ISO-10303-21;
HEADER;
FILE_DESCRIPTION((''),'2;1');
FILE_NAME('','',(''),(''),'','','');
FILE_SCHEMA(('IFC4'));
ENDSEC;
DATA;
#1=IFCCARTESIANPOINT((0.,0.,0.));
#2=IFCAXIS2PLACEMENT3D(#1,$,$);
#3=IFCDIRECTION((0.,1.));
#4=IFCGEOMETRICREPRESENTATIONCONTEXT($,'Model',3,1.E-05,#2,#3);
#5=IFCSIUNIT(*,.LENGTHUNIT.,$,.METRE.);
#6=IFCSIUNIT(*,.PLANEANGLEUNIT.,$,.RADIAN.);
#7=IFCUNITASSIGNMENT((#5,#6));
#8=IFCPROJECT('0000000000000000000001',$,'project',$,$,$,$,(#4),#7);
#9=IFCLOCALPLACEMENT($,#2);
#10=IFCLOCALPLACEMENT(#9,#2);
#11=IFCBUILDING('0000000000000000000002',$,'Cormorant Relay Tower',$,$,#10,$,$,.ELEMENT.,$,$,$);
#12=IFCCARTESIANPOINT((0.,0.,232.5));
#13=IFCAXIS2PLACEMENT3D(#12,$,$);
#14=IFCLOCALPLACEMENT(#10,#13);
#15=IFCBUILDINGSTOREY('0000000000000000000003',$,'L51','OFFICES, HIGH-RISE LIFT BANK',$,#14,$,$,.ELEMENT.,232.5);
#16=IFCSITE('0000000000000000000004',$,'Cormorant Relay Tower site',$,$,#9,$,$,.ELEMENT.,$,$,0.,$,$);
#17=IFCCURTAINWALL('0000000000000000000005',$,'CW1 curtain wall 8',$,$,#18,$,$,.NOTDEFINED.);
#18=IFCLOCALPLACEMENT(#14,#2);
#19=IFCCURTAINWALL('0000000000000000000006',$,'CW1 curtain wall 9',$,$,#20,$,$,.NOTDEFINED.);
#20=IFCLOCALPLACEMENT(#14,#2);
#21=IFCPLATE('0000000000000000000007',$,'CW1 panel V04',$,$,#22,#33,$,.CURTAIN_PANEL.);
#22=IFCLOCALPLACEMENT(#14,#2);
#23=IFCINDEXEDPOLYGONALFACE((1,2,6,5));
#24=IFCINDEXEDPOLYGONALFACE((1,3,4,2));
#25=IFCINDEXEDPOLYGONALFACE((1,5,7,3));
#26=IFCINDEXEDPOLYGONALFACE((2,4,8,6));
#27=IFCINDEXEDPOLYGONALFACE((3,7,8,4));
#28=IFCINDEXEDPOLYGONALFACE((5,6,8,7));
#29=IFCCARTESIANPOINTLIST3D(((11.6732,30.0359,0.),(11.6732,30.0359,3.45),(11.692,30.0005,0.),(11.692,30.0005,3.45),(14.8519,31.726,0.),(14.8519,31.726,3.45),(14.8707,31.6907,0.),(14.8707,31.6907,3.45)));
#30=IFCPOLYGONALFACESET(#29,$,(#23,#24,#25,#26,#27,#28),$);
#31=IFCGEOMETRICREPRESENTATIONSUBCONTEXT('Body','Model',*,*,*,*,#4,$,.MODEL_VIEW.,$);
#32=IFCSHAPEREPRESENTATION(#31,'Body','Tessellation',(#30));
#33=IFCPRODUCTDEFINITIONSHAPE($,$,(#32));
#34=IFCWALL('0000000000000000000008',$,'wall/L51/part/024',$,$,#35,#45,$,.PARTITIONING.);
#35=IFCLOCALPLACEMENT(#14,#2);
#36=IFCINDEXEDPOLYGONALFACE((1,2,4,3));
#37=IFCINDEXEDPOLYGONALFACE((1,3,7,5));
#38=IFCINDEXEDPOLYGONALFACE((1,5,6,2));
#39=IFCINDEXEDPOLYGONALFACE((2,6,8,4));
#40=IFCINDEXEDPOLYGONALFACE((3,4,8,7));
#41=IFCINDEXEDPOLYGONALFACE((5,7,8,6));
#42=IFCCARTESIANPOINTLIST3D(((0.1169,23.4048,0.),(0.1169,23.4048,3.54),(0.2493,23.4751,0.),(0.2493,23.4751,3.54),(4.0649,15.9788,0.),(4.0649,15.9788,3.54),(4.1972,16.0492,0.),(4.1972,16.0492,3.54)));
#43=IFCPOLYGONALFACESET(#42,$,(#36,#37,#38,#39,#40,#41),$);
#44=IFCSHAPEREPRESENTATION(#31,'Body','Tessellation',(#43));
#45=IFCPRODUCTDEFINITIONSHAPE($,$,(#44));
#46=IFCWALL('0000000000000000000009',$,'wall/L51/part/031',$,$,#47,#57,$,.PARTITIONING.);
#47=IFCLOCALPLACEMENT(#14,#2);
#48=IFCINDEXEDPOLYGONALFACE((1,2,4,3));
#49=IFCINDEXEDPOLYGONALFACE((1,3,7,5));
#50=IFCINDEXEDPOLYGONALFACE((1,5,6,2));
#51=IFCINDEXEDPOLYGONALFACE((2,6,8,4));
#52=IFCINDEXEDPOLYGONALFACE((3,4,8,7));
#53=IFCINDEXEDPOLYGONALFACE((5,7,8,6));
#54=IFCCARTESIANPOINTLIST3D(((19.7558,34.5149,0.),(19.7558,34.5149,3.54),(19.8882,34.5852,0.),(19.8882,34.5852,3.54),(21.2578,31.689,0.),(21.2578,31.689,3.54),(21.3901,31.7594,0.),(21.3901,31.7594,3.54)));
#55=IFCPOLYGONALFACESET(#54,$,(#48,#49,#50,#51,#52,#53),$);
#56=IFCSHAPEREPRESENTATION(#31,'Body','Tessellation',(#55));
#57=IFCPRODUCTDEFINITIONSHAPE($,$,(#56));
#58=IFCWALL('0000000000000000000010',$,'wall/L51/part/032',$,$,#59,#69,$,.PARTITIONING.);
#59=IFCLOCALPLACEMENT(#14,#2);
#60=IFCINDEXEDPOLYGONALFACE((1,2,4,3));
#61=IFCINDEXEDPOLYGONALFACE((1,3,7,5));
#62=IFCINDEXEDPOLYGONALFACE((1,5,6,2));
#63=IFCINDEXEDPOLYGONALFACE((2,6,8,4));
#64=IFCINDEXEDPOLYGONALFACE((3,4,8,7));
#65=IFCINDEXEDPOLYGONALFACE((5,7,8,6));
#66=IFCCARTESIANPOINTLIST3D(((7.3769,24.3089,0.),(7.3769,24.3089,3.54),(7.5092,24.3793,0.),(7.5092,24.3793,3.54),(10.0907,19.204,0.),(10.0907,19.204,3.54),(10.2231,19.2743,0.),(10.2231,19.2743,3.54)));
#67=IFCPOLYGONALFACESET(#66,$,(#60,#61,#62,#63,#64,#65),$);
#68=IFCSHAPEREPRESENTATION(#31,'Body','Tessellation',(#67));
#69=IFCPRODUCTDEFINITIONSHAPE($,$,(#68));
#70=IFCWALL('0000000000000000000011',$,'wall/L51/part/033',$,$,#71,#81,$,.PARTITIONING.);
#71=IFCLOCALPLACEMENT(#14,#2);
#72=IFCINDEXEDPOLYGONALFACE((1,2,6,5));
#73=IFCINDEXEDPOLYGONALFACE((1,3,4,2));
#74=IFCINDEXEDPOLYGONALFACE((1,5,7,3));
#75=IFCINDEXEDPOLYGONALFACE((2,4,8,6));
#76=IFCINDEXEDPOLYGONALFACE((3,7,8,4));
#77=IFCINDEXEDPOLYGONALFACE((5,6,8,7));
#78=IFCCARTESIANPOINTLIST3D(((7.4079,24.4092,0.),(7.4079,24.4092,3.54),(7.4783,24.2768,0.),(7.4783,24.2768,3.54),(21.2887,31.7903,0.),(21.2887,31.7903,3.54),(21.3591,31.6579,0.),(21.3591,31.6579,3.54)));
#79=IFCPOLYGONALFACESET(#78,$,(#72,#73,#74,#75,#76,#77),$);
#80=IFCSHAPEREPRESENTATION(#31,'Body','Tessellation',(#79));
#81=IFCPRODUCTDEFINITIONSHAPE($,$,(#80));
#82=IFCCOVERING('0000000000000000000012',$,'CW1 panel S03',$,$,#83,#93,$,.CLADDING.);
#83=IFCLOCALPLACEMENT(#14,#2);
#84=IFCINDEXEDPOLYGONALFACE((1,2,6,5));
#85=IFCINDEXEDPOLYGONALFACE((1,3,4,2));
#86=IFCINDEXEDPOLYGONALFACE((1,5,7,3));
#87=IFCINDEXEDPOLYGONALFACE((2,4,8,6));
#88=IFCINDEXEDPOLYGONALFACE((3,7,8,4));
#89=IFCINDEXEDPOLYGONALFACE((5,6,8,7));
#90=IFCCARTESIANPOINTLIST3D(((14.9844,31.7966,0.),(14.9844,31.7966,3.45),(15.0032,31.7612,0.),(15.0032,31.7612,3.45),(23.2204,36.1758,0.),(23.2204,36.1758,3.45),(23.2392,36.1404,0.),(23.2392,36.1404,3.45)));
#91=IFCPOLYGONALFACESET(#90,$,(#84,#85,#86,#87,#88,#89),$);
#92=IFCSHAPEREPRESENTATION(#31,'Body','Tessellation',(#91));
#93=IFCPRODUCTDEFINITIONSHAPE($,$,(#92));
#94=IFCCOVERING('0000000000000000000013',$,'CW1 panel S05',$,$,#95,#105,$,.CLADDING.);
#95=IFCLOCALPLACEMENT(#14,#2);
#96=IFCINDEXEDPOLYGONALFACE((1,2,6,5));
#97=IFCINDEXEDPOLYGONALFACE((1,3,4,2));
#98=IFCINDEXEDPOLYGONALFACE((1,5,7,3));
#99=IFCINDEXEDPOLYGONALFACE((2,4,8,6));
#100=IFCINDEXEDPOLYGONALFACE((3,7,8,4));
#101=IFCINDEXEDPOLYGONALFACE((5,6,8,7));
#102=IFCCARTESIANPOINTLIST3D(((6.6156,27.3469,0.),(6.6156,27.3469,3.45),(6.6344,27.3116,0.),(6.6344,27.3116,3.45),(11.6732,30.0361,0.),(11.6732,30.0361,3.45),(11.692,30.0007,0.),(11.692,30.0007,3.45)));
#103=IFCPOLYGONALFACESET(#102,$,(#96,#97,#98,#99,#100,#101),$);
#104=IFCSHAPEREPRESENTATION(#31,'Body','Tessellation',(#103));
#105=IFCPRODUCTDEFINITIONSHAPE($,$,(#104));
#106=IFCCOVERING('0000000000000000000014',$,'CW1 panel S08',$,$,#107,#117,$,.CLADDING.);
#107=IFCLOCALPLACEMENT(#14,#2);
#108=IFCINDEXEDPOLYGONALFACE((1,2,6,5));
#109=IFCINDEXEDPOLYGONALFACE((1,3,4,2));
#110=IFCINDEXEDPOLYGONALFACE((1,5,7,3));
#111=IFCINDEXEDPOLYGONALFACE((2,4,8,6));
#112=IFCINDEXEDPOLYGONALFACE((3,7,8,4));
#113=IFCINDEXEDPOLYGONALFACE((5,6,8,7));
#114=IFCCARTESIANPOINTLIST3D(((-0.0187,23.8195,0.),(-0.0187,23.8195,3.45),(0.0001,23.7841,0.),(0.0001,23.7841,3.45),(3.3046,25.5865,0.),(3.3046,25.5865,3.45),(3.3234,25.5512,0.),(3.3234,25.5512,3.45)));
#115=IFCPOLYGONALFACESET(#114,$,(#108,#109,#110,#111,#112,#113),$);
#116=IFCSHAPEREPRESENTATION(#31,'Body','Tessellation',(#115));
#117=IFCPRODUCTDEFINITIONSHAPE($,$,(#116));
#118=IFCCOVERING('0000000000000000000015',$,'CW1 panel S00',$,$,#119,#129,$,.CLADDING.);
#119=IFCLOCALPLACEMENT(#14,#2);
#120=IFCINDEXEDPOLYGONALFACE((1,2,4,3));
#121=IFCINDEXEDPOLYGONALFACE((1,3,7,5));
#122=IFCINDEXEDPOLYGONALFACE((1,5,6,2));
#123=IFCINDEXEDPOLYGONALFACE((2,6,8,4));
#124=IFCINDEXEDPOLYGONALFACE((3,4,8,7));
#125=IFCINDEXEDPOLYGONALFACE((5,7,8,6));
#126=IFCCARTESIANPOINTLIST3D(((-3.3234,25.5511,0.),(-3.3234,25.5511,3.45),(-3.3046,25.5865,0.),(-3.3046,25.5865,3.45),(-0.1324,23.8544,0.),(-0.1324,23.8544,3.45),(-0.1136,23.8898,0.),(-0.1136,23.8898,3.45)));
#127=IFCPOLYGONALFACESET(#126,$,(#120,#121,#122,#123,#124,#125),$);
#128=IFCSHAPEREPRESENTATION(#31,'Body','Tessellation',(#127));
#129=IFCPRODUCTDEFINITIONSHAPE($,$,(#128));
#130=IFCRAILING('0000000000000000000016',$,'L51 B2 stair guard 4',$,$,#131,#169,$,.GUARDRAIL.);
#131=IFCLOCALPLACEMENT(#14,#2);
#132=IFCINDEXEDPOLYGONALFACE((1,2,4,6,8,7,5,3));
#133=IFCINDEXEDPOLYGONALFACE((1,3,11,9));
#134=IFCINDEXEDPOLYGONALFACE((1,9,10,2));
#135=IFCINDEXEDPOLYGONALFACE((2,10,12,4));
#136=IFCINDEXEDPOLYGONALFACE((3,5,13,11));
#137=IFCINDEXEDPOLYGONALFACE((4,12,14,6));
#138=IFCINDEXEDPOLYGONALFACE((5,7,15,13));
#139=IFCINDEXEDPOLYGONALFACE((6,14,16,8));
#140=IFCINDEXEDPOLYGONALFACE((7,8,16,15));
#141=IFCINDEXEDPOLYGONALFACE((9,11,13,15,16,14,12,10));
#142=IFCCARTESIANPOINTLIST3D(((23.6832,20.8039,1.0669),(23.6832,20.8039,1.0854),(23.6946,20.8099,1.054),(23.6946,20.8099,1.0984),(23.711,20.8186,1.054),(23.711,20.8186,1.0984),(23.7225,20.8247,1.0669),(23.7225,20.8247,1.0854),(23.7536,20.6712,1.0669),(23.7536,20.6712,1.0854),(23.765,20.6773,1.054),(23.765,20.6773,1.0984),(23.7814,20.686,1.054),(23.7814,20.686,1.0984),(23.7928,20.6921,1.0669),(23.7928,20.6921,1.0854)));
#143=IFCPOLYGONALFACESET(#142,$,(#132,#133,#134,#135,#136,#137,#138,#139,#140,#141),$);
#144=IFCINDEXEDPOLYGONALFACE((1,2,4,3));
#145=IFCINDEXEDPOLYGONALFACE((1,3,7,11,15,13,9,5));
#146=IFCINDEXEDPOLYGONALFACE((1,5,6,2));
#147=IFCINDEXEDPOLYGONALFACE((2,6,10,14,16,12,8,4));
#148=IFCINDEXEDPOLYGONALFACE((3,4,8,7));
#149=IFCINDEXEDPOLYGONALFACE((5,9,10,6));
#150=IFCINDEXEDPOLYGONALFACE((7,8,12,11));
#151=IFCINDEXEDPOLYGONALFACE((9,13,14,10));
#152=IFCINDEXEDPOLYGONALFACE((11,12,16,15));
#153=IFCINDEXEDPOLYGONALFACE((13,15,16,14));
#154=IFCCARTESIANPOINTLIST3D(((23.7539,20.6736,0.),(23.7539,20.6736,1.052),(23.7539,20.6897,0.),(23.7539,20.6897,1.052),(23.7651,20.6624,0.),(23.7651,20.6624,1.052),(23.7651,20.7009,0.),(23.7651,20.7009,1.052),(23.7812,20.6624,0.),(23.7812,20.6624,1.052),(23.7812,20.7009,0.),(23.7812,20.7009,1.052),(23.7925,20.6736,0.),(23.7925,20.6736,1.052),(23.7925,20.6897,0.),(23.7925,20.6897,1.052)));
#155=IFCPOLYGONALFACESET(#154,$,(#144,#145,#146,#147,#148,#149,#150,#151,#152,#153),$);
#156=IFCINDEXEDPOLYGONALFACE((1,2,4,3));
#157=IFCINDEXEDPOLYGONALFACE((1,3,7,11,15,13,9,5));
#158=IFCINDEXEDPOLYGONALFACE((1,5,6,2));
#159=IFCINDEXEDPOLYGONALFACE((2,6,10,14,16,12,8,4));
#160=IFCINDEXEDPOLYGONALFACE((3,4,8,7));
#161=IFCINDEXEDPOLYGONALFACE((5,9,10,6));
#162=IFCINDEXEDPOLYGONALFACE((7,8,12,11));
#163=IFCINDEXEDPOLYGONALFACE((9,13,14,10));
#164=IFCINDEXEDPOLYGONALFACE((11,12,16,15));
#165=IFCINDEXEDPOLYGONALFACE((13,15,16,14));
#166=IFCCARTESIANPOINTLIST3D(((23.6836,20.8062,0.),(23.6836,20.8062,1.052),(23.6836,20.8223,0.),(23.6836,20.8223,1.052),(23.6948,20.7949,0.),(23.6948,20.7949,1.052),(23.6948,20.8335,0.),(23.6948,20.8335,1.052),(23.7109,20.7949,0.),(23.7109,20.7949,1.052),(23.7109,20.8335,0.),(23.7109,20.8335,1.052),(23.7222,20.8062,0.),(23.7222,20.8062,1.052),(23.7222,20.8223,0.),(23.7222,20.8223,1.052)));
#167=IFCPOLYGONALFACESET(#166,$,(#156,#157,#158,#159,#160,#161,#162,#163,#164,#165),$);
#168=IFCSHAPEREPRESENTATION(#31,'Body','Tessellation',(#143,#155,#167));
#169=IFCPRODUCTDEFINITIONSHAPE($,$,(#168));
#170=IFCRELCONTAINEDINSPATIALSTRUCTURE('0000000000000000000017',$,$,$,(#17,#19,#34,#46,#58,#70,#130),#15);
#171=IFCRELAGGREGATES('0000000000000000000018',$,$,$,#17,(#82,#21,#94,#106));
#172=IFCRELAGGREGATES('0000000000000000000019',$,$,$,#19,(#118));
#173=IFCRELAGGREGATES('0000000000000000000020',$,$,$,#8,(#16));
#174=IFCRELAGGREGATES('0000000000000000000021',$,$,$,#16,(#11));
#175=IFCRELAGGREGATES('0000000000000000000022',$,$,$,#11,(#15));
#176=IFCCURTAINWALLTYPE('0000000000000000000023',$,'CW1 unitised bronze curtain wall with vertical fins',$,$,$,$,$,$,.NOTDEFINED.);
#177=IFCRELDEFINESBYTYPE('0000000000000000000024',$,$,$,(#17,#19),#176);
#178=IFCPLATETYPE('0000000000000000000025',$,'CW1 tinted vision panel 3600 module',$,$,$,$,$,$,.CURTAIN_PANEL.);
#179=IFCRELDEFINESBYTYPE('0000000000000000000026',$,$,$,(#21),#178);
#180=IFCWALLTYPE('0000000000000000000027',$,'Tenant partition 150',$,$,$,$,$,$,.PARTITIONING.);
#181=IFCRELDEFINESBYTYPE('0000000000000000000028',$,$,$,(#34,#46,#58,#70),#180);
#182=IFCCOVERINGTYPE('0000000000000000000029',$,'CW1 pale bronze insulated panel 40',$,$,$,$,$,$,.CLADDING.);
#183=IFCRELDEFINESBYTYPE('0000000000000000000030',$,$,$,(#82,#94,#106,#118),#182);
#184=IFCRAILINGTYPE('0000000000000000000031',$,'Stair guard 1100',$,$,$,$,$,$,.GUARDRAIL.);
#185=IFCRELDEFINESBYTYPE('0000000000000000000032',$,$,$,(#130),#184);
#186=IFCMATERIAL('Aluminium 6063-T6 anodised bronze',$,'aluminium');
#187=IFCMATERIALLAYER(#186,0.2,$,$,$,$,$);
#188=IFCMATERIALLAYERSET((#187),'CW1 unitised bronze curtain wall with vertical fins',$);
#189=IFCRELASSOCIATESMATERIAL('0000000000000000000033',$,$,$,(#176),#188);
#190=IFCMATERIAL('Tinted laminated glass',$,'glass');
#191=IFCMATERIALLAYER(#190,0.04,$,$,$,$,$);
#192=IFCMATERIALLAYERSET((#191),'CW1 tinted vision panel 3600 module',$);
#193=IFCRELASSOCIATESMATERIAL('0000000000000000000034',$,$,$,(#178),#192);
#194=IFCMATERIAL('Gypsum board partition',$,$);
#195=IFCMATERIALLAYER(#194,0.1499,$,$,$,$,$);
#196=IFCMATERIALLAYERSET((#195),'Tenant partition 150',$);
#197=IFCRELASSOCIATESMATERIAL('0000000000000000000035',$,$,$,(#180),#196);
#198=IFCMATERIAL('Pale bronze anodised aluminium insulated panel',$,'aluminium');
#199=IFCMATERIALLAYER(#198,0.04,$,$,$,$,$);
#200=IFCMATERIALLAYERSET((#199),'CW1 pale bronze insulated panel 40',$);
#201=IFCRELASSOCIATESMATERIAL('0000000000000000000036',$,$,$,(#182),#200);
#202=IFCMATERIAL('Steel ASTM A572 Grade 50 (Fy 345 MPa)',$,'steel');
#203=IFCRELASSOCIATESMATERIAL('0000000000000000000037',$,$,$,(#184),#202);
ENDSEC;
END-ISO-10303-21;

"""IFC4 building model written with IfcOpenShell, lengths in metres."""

from ifc_helpers import new_model, si_unit, direction, frame, frame_2d, origin, origin_2d, place, context, subcontext, project, spatial, polyline, rectangle, outline, extrude, material, layer, layer_set, type_object, element, aggregate, save


model = new_model("IFC4")

# Units and contexts
model_context = context("Model", 3, precision=1e-05, world=origin(), true_north=direction((0.0, 1.0)))
body_context = subcontext(model_context, "Body", "Model", "MODEL_VIEW")
ifc_project = project(units=[si_unit("LENGTHUNIT", "METRE"), si_unit("PLANEANGLEUNIT", "RADIAN")], contexts=[model_context])

# Site, building, storey
site_placement = place(None, origin())
site = spatial("IfcSite", under=ifc_project, at=site_placement, Name="Cormorant Relay Tower site", CompositionType="ELEMENT", RefElevation=0.0)
building_placement = place(site_placement, origin())
building = spatial("IfcBuilding", under=site, at=building_placement, Name="Cormorant Relay Tower", CompositionType="ELEMENT")
storey_placement = place(building_placement, frame((0.0, 0.0, 232.5)))
storey = spatial("IfcBuildingStorey", under=building, at=storey_placement, Name="L51", Description="OFFICES, HIGH-RISE LIFT BANK", CompositionType="ELEMENT", Elevation=232.5)

# Curtain walls
ifc_material_1 = material(Name="Aluminium 6063-T6 anodised bronze", Category="aluminium")
ifc_layer_1 = layer(ifc_material_1, 0.2)
ifc_layer_set_1 = layer_set([ifc_layer_1], Name="CW1 unitised bronze curtain wall with vertical fins")
curtain_wall_type = type_object("IfcCurtainWallType", Name="CW1 unitised bronze curtain wall with vertical fins", PredefinedType="NOTDEFINED", material=ifc_layer_set_1)
curtain_wall_1_placement = place(storey_placement, origin())
curtain_wall_1 = element("IfcCurtainWall", 1, at=curtain_wall_1_placement, inside=storey, type_object=curtain_wall_type, Name="CW1 curtain wall 8", PredefinedType="NOTDEFINED")
curtain_wall_2_placement = place(storey_placement, origin())
curtain_wall_2 = element("IfcCurtainWall", 2, at=curtain_wall_2_placement, inside=storey, type_object=curtain_wall_type, Name="CW1 curtain wall 9", PredefinedType="NOTDEFINED")

# Plate
ifc_material_2 = material(Name="Tinted laminated glass", Category="glass")
ifc_layer_2 = layer(ifc_material_2, 0.04)
ifc_layer_set_2 = layer_set([ifc_layer_2], Name="CW1 tinted vision panel 3600 module")
plate_type_1 = type_object("IfcPlateType", Name="CW1 tinted vision panel 3600 module", PredefinedType="CURTAIN_PANEL", material=ifc_layer_set_2)
plate_1_placement = place(storey_placement, frame((13.272, 30.8633, 0.0), z_axis=(0.0, 0.0, 1.0), x_axis=(-0.882948, -0.469472, 0.0)))
plate_1 = element("IfcPlate", 3, at=plate_1_placement, type_object=plate_type_1, Name="CW1 panel V04", PredefinedType="CURTAIN_PANEL", context=body_context, shape_type="SweptSolid", body=[
    extrude(rectangle(XDim=3.6001, YDim=0.04, at=origin_2d()), origin(), (0.0, 0.0, 1.0), 3.45),
])

# Walls
ifc_material_3 = material(Name="Gypsum board partition")
ifc_layer_3 = layer(ifc_material_3, 0.1499)
ifc_layer_set_3 = layer_set([ifc_layer_3], Name="Tenant partition 150")
wall_type = type_object("IfcWallType", Name="Tenant partition 150", PredefinedType="PARTITIONING", material=ifc_layer_set_3)
wall_1_placement = place(storey_placement, frame((0.1831, 23.4399, 0.0), z_axis=(0.0, 0.0, 1.0), x_axis=(0.469426, -0.882972, 0.0)))
element("IfcWall", 4, at=wall_1_placement, inside=storey, type_object=wall_type, Name="wall/L51/part/024", PredefinedType="PARTITIONING", context=body_context, shape_type="SweptSolid", body=[
    extrude(rectangle(XDim=8.4102, YDim=0.1499, at=frame_2d((4.2051, 0.0))), origin(), (0.0, 0.0, 1.0), 3.54),
])
wall_2_placement = place(storey_placement, frame((19.822, 34.55, 0.0), z_axis=(0.0, 0.0, 1.0), x_axis=(0.469321, -0.883028, 0.0)))
element("IfcWall", 5, at=wall_2_placement, inside=storey, type_object=wall_type, Name="wall/L51/part/031", PredefinedType="PARTITIONING", context=body_context, shape_type="SweptSolid", body=[
    extrude(rectangle(XDim=3.2002, YDim=0.1499, at=frame_2d((1.6001, 0.0))), origin(), (0.0, 0.0, 1.0), 3.54),
])
wall_3_placement = place(storey_placement, frame((7.4431, 24.344, 0.0), z_axis=(0.0, 0.0, 1.0), x_axis=(0.469404, -0.882983, 0.0)))
element("IfcWall", 6, at=wall_3_placement, inside=storey, type_object=wall_type, Name="wall/L51/part/032", PredefinedType="PARTITIONING", context=body_context, shape_type="SweptSolid", body=[
    extrude(rectangle(XDim=5.7815, YDim=0.1499, at=frame_2d((2.8906, 0.0))), origin(), (0.0, 0.0, 1.0), 3.54),
])
wall_4_placement = place(storey_placement, frame((7.4431, 24.343, 0.0), z_axis=(0.0, 0.0, 1.0), x_axis=(0.882934, 0.469497, 0.0)))
element("IfcWall", 7, at=wall_4_placement, inside=storey, type_object=wall_type, Name="wall/L51/part/033", PredefinedType="PARTITIONING", context=body_context, shape_type="SweptSolid", body=[
    extrude(rectangle(XDim=15.7212, YDim=0.1499, at=frame_2d((7.8606, 0.0))), origin(), (0.0, 0.0, 1.0), 3.54),
])

# Coverings
ifc_material_4 = material(Name="Pale bronze anodised aluminium insulated panel", Category="aluminium")
ifc_layer_4 = layer(ifc_material_4, 0.04)
ifc_layer_set_4 = layer_set([ifc_layer_4], Name="CW1 pale bronze insulated panel 40")
covering_type = type_object("IfcCoveringType", Name="CW1 pale bronze insulated panel 40", PredefinedType="CLADDING", material=ifc_layer_set_4)
covering_1_placement = place(storey_placement, frame((19.1118, 33.9685, 0.0), z_axis=(0.0, 0.0, 1.0), x_axis=(-0.882948, -0.469472, 0.0)))
covering_1 = element("IfcCovering", 8, at=covering_1_placement, type_object=covering_type, Name="CW1 panel S03", PredefinedType="CLADDING", context=body_context, shape_type="SweptSolid", body=[
    extrude(rectangle(XDim=9.3279, YDim=0.04, at=origin_2d()), origin(), (0.0, 0.0, 1.0), 3.45),
])
covering_2_placement = place(storey_placement, frame((9.1538, 28.6738, 0.0), z_axis=(0.0, 0.0, 1.0), x_axis=(-0.882948, -0.469472, 0.0)))
covering_2 = element("IfcCovering", 9, at=covering_2_placement, type_object=covering_type, Name="CW1 panel S05", PredefinedType="CLADDING", context=body_context, shape_type="SweptSolid", body=[
    extrude(rectangle(XDim=5.728, YDim=0.04, at=origin_2d()), origin(), (0.0, 0.0, 1.0), 3.45),
])
covering_3_placement = place(storey_placement, frame((1.6523, 24.6853, 0.0), z_axis=(0.0, 0.0, 1.0), x_axis=(-0.882948, -0.469472, 0.0)))
covering_3 = element("IfcCovering", 10, at=covering_3_placement, type_object=covering_type, Name="CW1 panel S08", PredefinedType="CLADDING", context=body_context, shape_type="SweptSolid", body=[
    extrude(rectangle(XDim=3.7639, YDim=0.04, at=origin_2d()), origin(), (0.0, 0.0, 1.0), 3.45),
])
aggregate(curtain_wall_1, [covering_1, plate_1, covering_2, covering_3])
covering_4_placement = place(storey_placement, frame((-1.7185, 24.7205, 0.0), z_axis=(0.0, 0.0, 1.0), x_axis=(-0.882948, 0.469472, 0.0)))
covering_4 = element("IfcCovering", 11, at=covering_4_placement, type_object=covering_type, Name="CW1 panel S00", PredefinedType="CLADDING", context=body_context, shape_type="SweptSolid", body=[
    extrude(rectangle(XDim=3.614, YDim=0.04, at=origin_2d()), origin(), (0.0, 0.0, 1.0), 3.45),
])
aggregate(curtain_wall_2, [covering_4])

# Railing
ifc_material_5 = material(Name="Steel ASTM A572 Grade 50 (Fy 345 MPa)", Category="steel")
railing_type = type_object("IfcRailingType", Name="Stair guard 1100", PredefinedType="GUARDRAIL", material=ifc_material_5)
railing_placement = place(storey_placement, frame((23.7732, 20.6816, 0.0)))
element("IfcRailing", 12, at=railing_placement, inside=storey, type_object=railing_type, Name="L51 B2 stair guard 4", PredefinedType="GUARDRAIL", context=body_context, shape_type="SweptSolid", body=[
    extrude(outline(polyline([(0.0222, 0.0093), (0.0093, 0.0222), (-0.0093, 0.0222), (-0.0222, 0.0093), (-0.0222, -0.0093), (-0.0093, -0.0222), (0.0093, -0.0222), (0.0222, -0.0093), (0.0222, 0.0093)])), frame((0.0, 0.0, 1.0762), z_axis=(-0.46856, 0.883431, 0.0), x_axis=(-0.883431, -0.46856, 0.0)), (0.0, 0.0, 1.0), 0.1501),
    extrude(outline(polyline([(0.0193, 0.0081), (0.0081, 0.0193), (-0.0081, 0.0193), (-0.0193, 0.0081), (-0.0193, -0.0081), (-0.0081, -0.0193), (0.0081, -0.0193), (0.0193, -0.0081), (0.0193, 0.0081)])), origin(), (0.0, 0.0, 1.0), 1.052),
    extrude(outline(polyline([(0.0193, 0.0081), (0.0081, 0.0193), (-0.0081, 0.0193), (-0.0193, 0.0081), (-0.0193, -0.0081), (-0.0081, -0.0193), (0.0081, -0.0193), (0.0193, -0.0081), (0.0193, 0.0081)])), frame((-0.0703, 0.1326, 0.0)), (0.0, 0.0, 1.0), 1.052),
])

save(model, "model.ifc")
